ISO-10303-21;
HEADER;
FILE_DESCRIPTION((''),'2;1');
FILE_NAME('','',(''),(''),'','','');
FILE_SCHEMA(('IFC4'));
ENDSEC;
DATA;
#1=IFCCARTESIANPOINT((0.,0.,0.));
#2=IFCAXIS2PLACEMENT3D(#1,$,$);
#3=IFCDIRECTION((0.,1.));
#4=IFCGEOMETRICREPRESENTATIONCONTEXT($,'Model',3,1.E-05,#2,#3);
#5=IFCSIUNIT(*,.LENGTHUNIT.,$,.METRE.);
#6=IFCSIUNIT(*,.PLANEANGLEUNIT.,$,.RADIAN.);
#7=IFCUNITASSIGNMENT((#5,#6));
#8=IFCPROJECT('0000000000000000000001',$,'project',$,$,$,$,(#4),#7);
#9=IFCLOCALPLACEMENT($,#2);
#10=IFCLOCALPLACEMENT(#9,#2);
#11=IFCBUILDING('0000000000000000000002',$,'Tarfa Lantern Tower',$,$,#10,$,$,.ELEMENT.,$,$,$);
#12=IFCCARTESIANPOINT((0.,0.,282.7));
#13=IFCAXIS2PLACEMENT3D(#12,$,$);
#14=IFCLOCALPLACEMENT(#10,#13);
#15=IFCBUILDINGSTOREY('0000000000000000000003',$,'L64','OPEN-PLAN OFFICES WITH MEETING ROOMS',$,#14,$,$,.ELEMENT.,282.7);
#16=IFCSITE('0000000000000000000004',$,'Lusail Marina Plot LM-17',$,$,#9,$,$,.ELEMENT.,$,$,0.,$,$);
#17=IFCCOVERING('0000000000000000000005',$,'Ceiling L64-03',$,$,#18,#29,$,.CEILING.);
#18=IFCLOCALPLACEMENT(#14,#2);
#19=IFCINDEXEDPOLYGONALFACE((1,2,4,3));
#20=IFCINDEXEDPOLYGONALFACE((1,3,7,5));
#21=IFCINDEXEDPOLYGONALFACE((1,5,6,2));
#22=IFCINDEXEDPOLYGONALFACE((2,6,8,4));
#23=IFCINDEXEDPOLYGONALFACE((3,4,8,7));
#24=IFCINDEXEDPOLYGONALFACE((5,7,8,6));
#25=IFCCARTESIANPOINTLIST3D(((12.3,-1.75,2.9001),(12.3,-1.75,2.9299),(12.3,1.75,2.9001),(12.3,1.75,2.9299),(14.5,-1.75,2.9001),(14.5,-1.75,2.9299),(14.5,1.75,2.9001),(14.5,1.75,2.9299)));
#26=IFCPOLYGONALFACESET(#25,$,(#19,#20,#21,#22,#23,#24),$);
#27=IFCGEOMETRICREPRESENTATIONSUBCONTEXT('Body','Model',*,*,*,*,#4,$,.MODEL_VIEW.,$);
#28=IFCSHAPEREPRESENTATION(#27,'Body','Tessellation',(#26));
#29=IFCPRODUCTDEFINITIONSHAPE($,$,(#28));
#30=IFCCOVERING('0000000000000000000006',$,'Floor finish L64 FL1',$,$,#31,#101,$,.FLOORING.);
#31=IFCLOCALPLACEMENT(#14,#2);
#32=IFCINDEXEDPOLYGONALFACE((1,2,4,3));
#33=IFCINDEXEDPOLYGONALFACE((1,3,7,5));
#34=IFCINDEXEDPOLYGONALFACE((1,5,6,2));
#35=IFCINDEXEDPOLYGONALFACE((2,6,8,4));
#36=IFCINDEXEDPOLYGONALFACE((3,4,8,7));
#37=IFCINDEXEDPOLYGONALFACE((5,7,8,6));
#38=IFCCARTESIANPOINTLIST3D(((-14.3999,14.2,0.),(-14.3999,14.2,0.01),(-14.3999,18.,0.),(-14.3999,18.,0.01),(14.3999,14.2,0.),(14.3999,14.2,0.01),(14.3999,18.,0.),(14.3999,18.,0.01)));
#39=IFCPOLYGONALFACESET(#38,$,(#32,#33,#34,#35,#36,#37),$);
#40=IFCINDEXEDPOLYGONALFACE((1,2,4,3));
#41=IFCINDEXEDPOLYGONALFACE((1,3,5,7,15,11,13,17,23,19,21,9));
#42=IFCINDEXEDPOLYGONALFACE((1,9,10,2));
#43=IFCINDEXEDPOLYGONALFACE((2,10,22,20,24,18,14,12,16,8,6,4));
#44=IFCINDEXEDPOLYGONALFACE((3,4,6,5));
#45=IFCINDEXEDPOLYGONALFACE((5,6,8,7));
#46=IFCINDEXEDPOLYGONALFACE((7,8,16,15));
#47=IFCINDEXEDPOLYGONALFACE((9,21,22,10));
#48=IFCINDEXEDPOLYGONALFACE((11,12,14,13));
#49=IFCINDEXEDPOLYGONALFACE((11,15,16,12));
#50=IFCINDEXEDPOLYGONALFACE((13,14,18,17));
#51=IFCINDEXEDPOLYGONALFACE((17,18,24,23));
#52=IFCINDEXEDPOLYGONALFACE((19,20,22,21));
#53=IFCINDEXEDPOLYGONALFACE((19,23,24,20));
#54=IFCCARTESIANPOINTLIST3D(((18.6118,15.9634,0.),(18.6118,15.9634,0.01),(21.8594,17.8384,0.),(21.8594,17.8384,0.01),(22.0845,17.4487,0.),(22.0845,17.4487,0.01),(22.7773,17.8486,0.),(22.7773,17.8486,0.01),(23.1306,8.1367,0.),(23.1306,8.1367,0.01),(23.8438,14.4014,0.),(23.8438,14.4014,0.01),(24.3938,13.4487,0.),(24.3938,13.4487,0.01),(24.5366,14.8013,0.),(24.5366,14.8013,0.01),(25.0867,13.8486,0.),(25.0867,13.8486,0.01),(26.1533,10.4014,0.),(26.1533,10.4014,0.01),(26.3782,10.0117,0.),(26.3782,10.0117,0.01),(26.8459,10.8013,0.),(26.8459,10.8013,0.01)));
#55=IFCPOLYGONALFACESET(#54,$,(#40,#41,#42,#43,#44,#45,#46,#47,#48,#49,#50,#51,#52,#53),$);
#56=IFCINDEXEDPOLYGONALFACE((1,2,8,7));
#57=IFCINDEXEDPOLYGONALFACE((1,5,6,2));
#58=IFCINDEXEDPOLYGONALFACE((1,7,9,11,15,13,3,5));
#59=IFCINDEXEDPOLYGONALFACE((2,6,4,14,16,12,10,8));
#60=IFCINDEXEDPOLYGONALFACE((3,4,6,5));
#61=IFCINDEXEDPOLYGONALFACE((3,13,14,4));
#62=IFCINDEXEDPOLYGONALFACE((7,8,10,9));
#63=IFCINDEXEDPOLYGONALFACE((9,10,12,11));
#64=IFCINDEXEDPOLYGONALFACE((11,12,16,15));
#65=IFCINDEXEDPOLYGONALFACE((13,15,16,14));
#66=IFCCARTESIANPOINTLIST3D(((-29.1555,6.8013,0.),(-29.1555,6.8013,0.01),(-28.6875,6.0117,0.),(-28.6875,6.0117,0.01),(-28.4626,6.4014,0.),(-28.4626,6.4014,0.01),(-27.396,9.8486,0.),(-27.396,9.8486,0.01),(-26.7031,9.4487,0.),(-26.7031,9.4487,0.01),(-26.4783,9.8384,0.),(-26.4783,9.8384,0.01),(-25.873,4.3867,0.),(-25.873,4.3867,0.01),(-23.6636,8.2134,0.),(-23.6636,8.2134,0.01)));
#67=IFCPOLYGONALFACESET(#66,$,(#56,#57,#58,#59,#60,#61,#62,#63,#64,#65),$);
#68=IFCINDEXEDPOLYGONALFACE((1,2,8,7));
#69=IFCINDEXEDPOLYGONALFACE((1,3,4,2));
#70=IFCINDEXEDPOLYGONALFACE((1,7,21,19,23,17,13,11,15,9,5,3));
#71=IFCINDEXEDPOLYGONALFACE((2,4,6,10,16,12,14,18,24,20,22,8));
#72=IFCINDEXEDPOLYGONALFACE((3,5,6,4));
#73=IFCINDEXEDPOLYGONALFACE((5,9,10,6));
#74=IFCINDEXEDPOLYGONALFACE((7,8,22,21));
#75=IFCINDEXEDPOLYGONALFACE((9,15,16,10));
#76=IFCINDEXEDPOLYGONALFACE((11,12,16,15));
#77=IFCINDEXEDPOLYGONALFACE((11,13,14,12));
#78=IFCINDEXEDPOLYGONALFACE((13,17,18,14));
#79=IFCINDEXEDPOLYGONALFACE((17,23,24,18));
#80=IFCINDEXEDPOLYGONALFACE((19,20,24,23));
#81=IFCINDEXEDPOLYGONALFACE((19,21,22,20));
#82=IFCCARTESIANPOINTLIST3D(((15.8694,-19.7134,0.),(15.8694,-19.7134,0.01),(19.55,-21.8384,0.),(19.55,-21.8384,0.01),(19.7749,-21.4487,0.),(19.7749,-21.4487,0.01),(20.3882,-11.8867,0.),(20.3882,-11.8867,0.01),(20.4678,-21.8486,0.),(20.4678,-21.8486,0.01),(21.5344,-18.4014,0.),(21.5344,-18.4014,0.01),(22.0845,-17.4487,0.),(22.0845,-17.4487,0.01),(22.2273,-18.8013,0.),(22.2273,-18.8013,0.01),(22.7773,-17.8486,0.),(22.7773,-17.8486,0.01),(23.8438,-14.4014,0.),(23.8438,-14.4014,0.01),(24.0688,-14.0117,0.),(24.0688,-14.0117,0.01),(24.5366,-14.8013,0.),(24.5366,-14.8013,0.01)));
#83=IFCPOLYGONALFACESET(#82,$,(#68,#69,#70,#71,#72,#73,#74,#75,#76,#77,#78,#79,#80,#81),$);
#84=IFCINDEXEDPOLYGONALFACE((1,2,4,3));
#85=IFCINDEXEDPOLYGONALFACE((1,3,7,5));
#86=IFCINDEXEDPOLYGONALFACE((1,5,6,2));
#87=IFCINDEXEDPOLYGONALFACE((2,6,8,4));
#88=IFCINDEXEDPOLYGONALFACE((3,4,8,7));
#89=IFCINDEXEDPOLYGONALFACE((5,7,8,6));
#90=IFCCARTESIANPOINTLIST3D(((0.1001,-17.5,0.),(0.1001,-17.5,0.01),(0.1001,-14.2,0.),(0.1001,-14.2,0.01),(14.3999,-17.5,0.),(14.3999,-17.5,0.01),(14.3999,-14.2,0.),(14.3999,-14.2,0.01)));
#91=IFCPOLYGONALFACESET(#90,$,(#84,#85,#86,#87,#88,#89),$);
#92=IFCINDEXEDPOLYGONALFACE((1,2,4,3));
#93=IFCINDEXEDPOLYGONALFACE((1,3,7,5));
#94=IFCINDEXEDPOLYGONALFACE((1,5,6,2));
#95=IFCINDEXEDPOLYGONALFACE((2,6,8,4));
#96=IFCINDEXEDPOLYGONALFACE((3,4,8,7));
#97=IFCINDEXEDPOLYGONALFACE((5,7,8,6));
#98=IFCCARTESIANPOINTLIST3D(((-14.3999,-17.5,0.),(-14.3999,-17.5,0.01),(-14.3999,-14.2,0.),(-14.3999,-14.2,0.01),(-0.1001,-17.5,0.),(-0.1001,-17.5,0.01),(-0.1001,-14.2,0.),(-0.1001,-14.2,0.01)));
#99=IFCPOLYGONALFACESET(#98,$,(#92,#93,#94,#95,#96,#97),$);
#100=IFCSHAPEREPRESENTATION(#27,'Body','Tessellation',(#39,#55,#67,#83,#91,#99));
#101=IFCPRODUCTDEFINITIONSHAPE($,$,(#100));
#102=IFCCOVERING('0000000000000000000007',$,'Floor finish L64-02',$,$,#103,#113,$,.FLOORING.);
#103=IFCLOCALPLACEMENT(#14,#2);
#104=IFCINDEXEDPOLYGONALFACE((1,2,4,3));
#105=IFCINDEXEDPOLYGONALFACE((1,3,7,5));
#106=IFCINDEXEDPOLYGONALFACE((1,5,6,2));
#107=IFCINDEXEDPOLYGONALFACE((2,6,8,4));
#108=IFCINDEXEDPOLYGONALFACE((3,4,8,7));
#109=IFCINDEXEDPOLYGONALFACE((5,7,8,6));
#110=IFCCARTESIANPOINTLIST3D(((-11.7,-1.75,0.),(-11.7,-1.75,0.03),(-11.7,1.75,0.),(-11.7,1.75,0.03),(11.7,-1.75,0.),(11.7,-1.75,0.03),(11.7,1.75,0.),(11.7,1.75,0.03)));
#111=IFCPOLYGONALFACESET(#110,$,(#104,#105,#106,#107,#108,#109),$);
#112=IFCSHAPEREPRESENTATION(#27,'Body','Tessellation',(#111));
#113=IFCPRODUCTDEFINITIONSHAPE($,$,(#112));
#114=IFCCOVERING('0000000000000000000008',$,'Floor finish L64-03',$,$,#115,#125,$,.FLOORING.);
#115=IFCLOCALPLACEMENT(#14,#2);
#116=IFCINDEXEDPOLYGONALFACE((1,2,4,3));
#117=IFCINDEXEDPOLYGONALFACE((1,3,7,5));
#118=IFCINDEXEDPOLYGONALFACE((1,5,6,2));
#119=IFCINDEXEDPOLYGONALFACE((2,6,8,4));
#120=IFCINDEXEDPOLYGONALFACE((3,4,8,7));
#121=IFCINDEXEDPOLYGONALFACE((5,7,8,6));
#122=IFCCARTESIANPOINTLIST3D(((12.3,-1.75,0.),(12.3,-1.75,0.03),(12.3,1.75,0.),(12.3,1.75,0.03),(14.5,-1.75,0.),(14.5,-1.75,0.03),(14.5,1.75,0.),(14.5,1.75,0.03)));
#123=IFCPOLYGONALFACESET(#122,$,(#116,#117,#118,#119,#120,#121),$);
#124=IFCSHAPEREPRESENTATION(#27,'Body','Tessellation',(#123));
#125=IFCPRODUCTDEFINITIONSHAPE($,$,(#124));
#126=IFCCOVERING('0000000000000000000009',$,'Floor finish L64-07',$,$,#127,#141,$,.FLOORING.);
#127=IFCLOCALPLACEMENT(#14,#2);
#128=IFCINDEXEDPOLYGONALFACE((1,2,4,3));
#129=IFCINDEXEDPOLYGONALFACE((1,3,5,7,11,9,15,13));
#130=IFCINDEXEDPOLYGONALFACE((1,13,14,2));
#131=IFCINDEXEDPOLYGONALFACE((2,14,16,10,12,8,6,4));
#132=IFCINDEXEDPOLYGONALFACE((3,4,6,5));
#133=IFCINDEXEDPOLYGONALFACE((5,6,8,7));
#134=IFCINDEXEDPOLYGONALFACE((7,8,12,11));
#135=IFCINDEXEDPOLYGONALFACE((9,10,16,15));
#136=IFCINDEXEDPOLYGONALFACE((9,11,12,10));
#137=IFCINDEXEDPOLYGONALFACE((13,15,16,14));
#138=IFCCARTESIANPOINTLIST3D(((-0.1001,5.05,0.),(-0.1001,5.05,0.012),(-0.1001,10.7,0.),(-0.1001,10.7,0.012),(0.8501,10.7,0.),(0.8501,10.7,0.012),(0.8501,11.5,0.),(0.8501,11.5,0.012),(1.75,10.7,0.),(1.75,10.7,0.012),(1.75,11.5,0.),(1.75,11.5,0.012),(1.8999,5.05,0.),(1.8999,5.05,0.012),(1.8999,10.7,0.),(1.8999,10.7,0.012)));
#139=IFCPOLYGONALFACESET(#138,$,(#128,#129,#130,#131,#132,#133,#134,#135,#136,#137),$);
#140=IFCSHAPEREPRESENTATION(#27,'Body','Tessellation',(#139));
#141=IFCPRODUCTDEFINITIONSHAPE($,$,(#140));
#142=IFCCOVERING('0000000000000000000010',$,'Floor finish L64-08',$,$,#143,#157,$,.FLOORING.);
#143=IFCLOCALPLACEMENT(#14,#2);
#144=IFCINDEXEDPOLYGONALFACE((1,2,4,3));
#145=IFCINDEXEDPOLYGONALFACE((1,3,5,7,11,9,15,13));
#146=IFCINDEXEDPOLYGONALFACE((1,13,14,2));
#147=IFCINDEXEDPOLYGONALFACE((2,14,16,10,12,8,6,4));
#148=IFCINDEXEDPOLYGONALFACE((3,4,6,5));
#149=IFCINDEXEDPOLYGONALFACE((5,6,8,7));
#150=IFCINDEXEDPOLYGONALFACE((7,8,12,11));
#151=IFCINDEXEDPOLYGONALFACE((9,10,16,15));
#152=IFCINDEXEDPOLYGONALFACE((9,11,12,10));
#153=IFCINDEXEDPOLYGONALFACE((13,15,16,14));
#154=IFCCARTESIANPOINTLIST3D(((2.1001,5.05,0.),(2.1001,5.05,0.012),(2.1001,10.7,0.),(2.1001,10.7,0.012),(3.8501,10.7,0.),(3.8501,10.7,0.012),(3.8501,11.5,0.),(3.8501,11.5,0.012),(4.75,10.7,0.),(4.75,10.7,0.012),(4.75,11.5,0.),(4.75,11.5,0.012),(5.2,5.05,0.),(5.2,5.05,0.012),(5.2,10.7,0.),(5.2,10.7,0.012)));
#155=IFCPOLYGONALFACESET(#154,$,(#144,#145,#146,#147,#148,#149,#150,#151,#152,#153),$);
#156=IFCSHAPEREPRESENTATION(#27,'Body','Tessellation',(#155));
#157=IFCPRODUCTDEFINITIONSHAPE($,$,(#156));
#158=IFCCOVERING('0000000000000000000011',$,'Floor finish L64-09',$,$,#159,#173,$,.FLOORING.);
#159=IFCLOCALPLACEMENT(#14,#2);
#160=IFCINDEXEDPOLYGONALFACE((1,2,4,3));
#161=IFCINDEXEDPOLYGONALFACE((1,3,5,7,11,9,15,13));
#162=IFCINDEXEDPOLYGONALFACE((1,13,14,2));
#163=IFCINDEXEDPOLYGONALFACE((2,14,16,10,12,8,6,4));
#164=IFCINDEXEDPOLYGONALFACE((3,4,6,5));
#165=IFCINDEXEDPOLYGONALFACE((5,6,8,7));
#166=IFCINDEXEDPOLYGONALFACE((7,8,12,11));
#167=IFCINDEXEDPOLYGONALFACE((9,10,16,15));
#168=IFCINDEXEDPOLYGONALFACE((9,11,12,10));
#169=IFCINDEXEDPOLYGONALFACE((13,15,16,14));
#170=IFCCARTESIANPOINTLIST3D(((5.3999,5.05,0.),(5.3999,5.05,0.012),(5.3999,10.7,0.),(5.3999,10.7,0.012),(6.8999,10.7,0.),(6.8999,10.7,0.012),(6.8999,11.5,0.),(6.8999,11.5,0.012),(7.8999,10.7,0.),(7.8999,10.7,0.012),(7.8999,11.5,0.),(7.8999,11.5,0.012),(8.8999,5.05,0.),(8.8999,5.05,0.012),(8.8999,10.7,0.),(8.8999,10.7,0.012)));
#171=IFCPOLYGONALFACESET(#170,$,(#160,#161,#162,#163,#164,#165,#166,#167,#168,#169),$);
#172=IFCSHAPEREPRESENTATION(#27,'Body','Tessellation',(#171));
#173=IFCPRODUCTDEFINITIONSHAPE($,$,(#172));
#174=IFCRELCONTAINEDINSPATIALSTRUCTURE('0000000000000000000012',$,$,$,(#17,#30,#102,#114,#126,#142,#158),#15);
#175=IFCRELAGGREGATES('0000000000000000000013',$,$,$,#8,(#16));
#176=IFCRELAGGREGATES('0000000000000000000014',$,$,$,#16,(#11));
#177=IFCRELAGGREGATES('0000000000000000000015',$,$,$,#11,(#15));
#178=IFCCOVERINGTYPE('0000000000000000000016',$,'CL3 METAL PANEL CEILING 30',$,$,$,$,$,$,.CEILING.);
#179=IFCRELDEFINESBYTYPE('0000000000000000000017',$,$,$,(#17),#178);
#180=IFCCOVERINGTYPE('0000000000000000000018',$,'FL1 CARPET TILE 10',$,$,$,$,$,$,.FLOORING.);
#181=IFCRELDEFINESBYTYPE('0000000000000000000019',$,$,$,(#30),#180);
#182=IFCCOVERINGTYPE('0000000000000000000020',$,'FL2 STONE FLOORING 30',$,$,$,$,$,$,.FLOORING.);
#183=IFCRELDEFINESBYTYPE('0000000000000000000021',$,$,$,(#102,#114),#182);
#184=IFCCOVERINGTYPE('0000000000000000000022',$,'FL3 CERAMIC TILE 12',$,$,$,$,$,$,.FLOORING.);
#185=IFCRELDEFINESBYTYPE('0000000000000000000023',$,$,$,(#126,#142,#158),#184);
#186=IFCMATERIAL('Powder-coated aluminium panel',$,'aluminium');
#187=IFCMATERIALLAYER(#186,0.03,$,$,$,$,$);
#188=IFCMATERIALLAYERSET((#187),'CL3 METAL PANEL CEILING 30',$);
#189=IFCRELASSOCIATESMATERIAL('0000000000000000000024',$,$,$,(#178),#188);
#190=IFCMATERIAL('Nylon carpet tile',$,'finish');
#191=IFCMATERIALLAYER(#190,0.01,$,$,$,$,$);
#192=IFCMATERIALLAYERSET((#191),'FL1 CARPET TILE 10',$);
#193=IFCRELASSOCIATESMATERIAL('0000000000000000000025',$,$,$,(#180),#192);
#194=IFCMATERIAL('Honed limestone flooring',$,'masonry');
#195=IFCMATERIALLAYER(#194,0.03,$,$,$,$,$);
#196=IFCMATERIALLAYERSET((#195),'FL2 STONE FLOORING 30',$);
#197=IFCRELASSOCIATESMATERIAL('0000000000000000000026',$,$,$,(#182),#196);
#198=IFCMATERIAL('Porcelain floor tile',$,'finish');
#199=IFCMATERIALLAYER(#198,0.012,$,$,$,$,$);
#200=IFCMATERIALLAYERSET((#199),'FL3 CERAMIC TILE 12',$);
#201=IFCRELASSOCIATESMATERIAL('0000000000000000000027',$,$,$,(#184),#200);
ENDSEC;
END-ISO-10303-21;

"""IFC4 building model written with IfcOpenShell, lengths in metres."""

from ifc_helpers import new_model, si_unit, direction, frame, origin, place, context, subcontext, project, spatial, polyline, outline, extrude, material, layer, layer_set, type_object, element, save


model = new_model("IFC4")

# Units and contexts
model_context = context("Model", 3, precision=1e-05, world=origin(), true_north=direction((0.0, 1.0)))
body_context = subcontext(model_context, "Body", "Model", "MODEL_VIEW")
ifc_project = project(units=[si_unit("LENGTHUNIT", "METRE"), si_unit("PLANEANGLEUNIT", "RADIAN")], contexts=[model_context])

# Site, building, storey
site_placement = place(None, origin())
site = spatial("IfcSite", under=ifc_project, at=site_placement, Name="Lusail Marina Plot LM-17", CompositionType="ELEMENT", RefElevation=0.0)
building_placement = place(site_placement, origin())
building = spatial("IfcBuilding", under=site, at=building_placement, Name="Tarfa Lantern Tower", CompositionType="ELEMENT")
storey_placement = place(building_placement, frame((0.0, 0.0, 282.7)))
storey = spatial("IfcBuildingStorey", under=building, at=storey_placement, Name="L64", Description="OPEN-PLAN OFFICES WITH MEETING ROOMS", CompositionType="ELEMENT", Elevation=282.7)

# Coverings
ifc_material_1 = material(Name="Powder-coated aluminium panel", Category="aluminium")
ifc_layer_1 = layer(ifc_material_1, 0.03)
ifc_layer_set_1 = layer_set([ifc_layer_1], Name="CL3 METAL PANEL CEILING 30")
covering_type_1 = type_object("IfcCoveringType", Name="CL3 METAL PANEL CEILING 30", PredefinedType="CEILING", material=ifc_layer_set_1)
covering_1_placement = place(storey_placement, frame((0.0, 0.0, 2.9001)))
element("IfcCovering", 1, at=covering_1_placement, inside=storey, type_object=covering_type_1, Name="Ceiling L64-03", PredefinedType="CEILING", context=body_context, shape_type="SweptSolid", body=[
    extrude(outline(polyline([(12.3, -1.75), (14.5, -1.75), (14.5, 1.75), (12.3, 1.75), (12.3, -1.75)])), origin(), (0.0, 0.0, 1.0), 0.0298),
])
ifc_material_2 = material(Name="Nylon carpet tile", Category="finish")
ifc_layer_2 = layer(ifc_material_2, 0.01)
ifc_layer_set_2 = layer_set([ifc_layer_2], Name="FL1 CARPET TILE 10")
covering_type_2 = type_object("IfcCoveringType", Name="FL1 CARPET TILE 10", PredefinedType="FLOORING", material=ifc_layer_set_2)
covering_2_placement = place(storey_placement, origin())
element("IfcCovering", 2, at=covering_2_placement, inside=storey, type_object=covering_type_2, Name="Floor finish L64 FL1", PredefinedType="FLOORING", context=body_context, shape_type="SweptSolid", body=[
    extrude(outline(polyline([(-14.3999, 18.0), (14.3999, 18.0), (14.3999, 14.2), (-14.3999, 14.2), (-14.3999, 18.0)])), origin(), (0.0, 0.0, 1.0), 0.01),
    extrude(outline(polyline([(18.6118, 15.9634), (21.8594, 17.8384), (22.0845, 17.4487), (22.7773, 17.8486), (24.5366, 14.8013), (23.8438, 14.4014), (24.3938, 13.4487), (25.0867, 13.8486), (26.8459, 10.8013), (26.1533, 10.4014), (26.3782, 10.0117), (23.1306, 8.1367), (18.6118, 15.9634)])), origin(), (0.0, 0.0, 1.0), 0.01),
    extrude(outline(polyline([(-25.873, 4.3867), (-28.6875, 6.0117), (-28.4626, 6.4014), (-29.1555, 6.8013), (-27.396, 9.8486), (-26.7031, 9.4487), (-26.4783, 9.8384), (-23.6636, 8.2134), (-25.873, 4.3867)])), origin(), (0.0, 0.0, 1.0), 0.01),
    extrude(outline(polyline([(20.3882, -11.8867), (24.0688, -14.0117), (23.8438, -14.4014), (24.5366, -14.8013), (22.7773, -17.8486), (22.0845, -17.4487), (21.5344, -18.4014), (22.2273, -18.8013), (20.4678, -21.8486), (19.7749, -21.4487), (19.55, -21.8384), (15.8694, -19.7134), (20.3882, -11.8867)])), origin(), (0.0, 0.0, 1.0), 0.01),
    extrude(outline(polyline([(0.1001, -14.2), (14.3999, -14.2), (14.3999, -17.5), (0.1001, -17.5), (0.1001, -14.2)])), origin(), (0.0, 0.0, 1.0), 0.01),
    extrude(outline(polyline([(-14.3999, -14.2), (-0.1001, -14.2), (-0.1001, -17.5), (-14.3999, -17.5), (-14.3999, -14.2)])), origin(), (0.0, 0.0, 1.0), 0.01),
])
ifc_material_3 = material(Name="Honed limestone flooring", Category="masonry")
ifc_layer_3 = layer(ifc_material_3, 0.03)
ifc_layer_set_3 = layer_set([ifc_layer_3], Name="FL2 STONE FLOORING 30")
covering_type_3 = type_object("IfcCoveringType", Name="FL2 STONE FLOORING 30", PredefinedType="FLOORING", material=ifc_layer_set_3)
covering_3_placement = place(storey_placement, origin())
element("IfcCovering", 3, at=covering_3_placement, inside=storey, type_object=covering_type_3, Name="Floor finish L64-02", PredefinedType="FLOORING", context=body_context, shape_type="SweptSolid", body=[
    extrude(outline(polyline([(-11.7, -1.75), (11.7, -1.75), (11.7, 1.75), (-11.7, 1.75), (-11.7, -1.75)])), origin(), (0.0, 0.0, 1.0), 0.03),
])
covering_4_placement = place(storey_placement, origin())
element("IfcCovering", 4, at=covering_4_placement, inside=storey, type_object=covering_type_3, Name="Floor finish L64-03", PredefinedType="FLOORING", context=body_context, shape_type="SweptSolid", body=[
    extrude(outline(polyline([(12.3, -1.75), (14.5, -1.75), (14.5, 1.75), (12.3, 1.75), (12.3, -1.75)])), origin(), (0.0, 0.0, 1.0), 0.03),
])
ifc_material_4 = material(Name="Porcelain floor tile", Category="finish")
ifc_layer_4 = layer(ifc_material_4, 0.012)
ifc_layer_set_4 = layer_set([ifc_layer_4], Name="FL3 CERAMIC TILE 12")
covering_type_4 = type_object("IfcCoveringType", Name="FL3 CERAMIC TILE 12", PredefinedType="FLOORING", material=ifc_layer_set_4)
covering_5_placement = place(storey_placement, origin())
element("IfcCovering", 5, at=covering_5_placement, inside=storey, type_object=covering_type_4, Name="Floor finish L64-07", PredefinedType="FLOORING", context=body_context, shape_type="SweptSolid", body=[
    extrude(outline(polyline([(0.8501, 10.7), (-0.1001, 10.7), (-0.1001, 5.05), (1.8999, 5.05), (1.8999, 10.7), (1.75, 10.7), (1.75, 11.5), (1.75, 11.5), (0.8501, 11.5), (0.8501, 10.7)])), origin(), (0.0, 0.0, 1.0), 0.012),
])
covering_6_placement = place(storey_placement, origin())
element("IfcCovering", 6, at=covering_6_placement, inside=storey, type_object=covering_type_4, Name="Floor finish L64-08", PredefinedType="FLOORING", context=body_context, shape_type="SweptSolid", body=[
    extrude(outline(polyline([(2.1001, 5.05), (5.2, 5.05), (5.2, 10.7), (4.75, 10.7), (4.75, 11.5), (3.8501, 11.5), (3.8501, 10.7), (2.1001, 10.7), (2.1001, 5.05)])), origin(), (0.0, 0.0, 1.0), 0.012),
])
covering_7_placement = place(storey_placement, origin())
element("IfcCovering", 7, at=covering_7_placement, inside=storey, type_object=covering_type_4, Name="Floor finish L64-09", PredefinedType="FLOORING", context=body_context, shape_type="SweptSolid", body=[
    extrude(outline(polyline([(5.3999, 5.05), (8.8999, 5.05), (8.8999, 10.7), (7.8999, 10.7), (7.8999, 11.5), (6.8999, 11.5), (6.8999, 10.7), (5.3999, 10.7), (5.3999, 5.05)])), origin(), (0.0, 0.0, 1.0), 0.012),
])

save(model, "model.ifc")
